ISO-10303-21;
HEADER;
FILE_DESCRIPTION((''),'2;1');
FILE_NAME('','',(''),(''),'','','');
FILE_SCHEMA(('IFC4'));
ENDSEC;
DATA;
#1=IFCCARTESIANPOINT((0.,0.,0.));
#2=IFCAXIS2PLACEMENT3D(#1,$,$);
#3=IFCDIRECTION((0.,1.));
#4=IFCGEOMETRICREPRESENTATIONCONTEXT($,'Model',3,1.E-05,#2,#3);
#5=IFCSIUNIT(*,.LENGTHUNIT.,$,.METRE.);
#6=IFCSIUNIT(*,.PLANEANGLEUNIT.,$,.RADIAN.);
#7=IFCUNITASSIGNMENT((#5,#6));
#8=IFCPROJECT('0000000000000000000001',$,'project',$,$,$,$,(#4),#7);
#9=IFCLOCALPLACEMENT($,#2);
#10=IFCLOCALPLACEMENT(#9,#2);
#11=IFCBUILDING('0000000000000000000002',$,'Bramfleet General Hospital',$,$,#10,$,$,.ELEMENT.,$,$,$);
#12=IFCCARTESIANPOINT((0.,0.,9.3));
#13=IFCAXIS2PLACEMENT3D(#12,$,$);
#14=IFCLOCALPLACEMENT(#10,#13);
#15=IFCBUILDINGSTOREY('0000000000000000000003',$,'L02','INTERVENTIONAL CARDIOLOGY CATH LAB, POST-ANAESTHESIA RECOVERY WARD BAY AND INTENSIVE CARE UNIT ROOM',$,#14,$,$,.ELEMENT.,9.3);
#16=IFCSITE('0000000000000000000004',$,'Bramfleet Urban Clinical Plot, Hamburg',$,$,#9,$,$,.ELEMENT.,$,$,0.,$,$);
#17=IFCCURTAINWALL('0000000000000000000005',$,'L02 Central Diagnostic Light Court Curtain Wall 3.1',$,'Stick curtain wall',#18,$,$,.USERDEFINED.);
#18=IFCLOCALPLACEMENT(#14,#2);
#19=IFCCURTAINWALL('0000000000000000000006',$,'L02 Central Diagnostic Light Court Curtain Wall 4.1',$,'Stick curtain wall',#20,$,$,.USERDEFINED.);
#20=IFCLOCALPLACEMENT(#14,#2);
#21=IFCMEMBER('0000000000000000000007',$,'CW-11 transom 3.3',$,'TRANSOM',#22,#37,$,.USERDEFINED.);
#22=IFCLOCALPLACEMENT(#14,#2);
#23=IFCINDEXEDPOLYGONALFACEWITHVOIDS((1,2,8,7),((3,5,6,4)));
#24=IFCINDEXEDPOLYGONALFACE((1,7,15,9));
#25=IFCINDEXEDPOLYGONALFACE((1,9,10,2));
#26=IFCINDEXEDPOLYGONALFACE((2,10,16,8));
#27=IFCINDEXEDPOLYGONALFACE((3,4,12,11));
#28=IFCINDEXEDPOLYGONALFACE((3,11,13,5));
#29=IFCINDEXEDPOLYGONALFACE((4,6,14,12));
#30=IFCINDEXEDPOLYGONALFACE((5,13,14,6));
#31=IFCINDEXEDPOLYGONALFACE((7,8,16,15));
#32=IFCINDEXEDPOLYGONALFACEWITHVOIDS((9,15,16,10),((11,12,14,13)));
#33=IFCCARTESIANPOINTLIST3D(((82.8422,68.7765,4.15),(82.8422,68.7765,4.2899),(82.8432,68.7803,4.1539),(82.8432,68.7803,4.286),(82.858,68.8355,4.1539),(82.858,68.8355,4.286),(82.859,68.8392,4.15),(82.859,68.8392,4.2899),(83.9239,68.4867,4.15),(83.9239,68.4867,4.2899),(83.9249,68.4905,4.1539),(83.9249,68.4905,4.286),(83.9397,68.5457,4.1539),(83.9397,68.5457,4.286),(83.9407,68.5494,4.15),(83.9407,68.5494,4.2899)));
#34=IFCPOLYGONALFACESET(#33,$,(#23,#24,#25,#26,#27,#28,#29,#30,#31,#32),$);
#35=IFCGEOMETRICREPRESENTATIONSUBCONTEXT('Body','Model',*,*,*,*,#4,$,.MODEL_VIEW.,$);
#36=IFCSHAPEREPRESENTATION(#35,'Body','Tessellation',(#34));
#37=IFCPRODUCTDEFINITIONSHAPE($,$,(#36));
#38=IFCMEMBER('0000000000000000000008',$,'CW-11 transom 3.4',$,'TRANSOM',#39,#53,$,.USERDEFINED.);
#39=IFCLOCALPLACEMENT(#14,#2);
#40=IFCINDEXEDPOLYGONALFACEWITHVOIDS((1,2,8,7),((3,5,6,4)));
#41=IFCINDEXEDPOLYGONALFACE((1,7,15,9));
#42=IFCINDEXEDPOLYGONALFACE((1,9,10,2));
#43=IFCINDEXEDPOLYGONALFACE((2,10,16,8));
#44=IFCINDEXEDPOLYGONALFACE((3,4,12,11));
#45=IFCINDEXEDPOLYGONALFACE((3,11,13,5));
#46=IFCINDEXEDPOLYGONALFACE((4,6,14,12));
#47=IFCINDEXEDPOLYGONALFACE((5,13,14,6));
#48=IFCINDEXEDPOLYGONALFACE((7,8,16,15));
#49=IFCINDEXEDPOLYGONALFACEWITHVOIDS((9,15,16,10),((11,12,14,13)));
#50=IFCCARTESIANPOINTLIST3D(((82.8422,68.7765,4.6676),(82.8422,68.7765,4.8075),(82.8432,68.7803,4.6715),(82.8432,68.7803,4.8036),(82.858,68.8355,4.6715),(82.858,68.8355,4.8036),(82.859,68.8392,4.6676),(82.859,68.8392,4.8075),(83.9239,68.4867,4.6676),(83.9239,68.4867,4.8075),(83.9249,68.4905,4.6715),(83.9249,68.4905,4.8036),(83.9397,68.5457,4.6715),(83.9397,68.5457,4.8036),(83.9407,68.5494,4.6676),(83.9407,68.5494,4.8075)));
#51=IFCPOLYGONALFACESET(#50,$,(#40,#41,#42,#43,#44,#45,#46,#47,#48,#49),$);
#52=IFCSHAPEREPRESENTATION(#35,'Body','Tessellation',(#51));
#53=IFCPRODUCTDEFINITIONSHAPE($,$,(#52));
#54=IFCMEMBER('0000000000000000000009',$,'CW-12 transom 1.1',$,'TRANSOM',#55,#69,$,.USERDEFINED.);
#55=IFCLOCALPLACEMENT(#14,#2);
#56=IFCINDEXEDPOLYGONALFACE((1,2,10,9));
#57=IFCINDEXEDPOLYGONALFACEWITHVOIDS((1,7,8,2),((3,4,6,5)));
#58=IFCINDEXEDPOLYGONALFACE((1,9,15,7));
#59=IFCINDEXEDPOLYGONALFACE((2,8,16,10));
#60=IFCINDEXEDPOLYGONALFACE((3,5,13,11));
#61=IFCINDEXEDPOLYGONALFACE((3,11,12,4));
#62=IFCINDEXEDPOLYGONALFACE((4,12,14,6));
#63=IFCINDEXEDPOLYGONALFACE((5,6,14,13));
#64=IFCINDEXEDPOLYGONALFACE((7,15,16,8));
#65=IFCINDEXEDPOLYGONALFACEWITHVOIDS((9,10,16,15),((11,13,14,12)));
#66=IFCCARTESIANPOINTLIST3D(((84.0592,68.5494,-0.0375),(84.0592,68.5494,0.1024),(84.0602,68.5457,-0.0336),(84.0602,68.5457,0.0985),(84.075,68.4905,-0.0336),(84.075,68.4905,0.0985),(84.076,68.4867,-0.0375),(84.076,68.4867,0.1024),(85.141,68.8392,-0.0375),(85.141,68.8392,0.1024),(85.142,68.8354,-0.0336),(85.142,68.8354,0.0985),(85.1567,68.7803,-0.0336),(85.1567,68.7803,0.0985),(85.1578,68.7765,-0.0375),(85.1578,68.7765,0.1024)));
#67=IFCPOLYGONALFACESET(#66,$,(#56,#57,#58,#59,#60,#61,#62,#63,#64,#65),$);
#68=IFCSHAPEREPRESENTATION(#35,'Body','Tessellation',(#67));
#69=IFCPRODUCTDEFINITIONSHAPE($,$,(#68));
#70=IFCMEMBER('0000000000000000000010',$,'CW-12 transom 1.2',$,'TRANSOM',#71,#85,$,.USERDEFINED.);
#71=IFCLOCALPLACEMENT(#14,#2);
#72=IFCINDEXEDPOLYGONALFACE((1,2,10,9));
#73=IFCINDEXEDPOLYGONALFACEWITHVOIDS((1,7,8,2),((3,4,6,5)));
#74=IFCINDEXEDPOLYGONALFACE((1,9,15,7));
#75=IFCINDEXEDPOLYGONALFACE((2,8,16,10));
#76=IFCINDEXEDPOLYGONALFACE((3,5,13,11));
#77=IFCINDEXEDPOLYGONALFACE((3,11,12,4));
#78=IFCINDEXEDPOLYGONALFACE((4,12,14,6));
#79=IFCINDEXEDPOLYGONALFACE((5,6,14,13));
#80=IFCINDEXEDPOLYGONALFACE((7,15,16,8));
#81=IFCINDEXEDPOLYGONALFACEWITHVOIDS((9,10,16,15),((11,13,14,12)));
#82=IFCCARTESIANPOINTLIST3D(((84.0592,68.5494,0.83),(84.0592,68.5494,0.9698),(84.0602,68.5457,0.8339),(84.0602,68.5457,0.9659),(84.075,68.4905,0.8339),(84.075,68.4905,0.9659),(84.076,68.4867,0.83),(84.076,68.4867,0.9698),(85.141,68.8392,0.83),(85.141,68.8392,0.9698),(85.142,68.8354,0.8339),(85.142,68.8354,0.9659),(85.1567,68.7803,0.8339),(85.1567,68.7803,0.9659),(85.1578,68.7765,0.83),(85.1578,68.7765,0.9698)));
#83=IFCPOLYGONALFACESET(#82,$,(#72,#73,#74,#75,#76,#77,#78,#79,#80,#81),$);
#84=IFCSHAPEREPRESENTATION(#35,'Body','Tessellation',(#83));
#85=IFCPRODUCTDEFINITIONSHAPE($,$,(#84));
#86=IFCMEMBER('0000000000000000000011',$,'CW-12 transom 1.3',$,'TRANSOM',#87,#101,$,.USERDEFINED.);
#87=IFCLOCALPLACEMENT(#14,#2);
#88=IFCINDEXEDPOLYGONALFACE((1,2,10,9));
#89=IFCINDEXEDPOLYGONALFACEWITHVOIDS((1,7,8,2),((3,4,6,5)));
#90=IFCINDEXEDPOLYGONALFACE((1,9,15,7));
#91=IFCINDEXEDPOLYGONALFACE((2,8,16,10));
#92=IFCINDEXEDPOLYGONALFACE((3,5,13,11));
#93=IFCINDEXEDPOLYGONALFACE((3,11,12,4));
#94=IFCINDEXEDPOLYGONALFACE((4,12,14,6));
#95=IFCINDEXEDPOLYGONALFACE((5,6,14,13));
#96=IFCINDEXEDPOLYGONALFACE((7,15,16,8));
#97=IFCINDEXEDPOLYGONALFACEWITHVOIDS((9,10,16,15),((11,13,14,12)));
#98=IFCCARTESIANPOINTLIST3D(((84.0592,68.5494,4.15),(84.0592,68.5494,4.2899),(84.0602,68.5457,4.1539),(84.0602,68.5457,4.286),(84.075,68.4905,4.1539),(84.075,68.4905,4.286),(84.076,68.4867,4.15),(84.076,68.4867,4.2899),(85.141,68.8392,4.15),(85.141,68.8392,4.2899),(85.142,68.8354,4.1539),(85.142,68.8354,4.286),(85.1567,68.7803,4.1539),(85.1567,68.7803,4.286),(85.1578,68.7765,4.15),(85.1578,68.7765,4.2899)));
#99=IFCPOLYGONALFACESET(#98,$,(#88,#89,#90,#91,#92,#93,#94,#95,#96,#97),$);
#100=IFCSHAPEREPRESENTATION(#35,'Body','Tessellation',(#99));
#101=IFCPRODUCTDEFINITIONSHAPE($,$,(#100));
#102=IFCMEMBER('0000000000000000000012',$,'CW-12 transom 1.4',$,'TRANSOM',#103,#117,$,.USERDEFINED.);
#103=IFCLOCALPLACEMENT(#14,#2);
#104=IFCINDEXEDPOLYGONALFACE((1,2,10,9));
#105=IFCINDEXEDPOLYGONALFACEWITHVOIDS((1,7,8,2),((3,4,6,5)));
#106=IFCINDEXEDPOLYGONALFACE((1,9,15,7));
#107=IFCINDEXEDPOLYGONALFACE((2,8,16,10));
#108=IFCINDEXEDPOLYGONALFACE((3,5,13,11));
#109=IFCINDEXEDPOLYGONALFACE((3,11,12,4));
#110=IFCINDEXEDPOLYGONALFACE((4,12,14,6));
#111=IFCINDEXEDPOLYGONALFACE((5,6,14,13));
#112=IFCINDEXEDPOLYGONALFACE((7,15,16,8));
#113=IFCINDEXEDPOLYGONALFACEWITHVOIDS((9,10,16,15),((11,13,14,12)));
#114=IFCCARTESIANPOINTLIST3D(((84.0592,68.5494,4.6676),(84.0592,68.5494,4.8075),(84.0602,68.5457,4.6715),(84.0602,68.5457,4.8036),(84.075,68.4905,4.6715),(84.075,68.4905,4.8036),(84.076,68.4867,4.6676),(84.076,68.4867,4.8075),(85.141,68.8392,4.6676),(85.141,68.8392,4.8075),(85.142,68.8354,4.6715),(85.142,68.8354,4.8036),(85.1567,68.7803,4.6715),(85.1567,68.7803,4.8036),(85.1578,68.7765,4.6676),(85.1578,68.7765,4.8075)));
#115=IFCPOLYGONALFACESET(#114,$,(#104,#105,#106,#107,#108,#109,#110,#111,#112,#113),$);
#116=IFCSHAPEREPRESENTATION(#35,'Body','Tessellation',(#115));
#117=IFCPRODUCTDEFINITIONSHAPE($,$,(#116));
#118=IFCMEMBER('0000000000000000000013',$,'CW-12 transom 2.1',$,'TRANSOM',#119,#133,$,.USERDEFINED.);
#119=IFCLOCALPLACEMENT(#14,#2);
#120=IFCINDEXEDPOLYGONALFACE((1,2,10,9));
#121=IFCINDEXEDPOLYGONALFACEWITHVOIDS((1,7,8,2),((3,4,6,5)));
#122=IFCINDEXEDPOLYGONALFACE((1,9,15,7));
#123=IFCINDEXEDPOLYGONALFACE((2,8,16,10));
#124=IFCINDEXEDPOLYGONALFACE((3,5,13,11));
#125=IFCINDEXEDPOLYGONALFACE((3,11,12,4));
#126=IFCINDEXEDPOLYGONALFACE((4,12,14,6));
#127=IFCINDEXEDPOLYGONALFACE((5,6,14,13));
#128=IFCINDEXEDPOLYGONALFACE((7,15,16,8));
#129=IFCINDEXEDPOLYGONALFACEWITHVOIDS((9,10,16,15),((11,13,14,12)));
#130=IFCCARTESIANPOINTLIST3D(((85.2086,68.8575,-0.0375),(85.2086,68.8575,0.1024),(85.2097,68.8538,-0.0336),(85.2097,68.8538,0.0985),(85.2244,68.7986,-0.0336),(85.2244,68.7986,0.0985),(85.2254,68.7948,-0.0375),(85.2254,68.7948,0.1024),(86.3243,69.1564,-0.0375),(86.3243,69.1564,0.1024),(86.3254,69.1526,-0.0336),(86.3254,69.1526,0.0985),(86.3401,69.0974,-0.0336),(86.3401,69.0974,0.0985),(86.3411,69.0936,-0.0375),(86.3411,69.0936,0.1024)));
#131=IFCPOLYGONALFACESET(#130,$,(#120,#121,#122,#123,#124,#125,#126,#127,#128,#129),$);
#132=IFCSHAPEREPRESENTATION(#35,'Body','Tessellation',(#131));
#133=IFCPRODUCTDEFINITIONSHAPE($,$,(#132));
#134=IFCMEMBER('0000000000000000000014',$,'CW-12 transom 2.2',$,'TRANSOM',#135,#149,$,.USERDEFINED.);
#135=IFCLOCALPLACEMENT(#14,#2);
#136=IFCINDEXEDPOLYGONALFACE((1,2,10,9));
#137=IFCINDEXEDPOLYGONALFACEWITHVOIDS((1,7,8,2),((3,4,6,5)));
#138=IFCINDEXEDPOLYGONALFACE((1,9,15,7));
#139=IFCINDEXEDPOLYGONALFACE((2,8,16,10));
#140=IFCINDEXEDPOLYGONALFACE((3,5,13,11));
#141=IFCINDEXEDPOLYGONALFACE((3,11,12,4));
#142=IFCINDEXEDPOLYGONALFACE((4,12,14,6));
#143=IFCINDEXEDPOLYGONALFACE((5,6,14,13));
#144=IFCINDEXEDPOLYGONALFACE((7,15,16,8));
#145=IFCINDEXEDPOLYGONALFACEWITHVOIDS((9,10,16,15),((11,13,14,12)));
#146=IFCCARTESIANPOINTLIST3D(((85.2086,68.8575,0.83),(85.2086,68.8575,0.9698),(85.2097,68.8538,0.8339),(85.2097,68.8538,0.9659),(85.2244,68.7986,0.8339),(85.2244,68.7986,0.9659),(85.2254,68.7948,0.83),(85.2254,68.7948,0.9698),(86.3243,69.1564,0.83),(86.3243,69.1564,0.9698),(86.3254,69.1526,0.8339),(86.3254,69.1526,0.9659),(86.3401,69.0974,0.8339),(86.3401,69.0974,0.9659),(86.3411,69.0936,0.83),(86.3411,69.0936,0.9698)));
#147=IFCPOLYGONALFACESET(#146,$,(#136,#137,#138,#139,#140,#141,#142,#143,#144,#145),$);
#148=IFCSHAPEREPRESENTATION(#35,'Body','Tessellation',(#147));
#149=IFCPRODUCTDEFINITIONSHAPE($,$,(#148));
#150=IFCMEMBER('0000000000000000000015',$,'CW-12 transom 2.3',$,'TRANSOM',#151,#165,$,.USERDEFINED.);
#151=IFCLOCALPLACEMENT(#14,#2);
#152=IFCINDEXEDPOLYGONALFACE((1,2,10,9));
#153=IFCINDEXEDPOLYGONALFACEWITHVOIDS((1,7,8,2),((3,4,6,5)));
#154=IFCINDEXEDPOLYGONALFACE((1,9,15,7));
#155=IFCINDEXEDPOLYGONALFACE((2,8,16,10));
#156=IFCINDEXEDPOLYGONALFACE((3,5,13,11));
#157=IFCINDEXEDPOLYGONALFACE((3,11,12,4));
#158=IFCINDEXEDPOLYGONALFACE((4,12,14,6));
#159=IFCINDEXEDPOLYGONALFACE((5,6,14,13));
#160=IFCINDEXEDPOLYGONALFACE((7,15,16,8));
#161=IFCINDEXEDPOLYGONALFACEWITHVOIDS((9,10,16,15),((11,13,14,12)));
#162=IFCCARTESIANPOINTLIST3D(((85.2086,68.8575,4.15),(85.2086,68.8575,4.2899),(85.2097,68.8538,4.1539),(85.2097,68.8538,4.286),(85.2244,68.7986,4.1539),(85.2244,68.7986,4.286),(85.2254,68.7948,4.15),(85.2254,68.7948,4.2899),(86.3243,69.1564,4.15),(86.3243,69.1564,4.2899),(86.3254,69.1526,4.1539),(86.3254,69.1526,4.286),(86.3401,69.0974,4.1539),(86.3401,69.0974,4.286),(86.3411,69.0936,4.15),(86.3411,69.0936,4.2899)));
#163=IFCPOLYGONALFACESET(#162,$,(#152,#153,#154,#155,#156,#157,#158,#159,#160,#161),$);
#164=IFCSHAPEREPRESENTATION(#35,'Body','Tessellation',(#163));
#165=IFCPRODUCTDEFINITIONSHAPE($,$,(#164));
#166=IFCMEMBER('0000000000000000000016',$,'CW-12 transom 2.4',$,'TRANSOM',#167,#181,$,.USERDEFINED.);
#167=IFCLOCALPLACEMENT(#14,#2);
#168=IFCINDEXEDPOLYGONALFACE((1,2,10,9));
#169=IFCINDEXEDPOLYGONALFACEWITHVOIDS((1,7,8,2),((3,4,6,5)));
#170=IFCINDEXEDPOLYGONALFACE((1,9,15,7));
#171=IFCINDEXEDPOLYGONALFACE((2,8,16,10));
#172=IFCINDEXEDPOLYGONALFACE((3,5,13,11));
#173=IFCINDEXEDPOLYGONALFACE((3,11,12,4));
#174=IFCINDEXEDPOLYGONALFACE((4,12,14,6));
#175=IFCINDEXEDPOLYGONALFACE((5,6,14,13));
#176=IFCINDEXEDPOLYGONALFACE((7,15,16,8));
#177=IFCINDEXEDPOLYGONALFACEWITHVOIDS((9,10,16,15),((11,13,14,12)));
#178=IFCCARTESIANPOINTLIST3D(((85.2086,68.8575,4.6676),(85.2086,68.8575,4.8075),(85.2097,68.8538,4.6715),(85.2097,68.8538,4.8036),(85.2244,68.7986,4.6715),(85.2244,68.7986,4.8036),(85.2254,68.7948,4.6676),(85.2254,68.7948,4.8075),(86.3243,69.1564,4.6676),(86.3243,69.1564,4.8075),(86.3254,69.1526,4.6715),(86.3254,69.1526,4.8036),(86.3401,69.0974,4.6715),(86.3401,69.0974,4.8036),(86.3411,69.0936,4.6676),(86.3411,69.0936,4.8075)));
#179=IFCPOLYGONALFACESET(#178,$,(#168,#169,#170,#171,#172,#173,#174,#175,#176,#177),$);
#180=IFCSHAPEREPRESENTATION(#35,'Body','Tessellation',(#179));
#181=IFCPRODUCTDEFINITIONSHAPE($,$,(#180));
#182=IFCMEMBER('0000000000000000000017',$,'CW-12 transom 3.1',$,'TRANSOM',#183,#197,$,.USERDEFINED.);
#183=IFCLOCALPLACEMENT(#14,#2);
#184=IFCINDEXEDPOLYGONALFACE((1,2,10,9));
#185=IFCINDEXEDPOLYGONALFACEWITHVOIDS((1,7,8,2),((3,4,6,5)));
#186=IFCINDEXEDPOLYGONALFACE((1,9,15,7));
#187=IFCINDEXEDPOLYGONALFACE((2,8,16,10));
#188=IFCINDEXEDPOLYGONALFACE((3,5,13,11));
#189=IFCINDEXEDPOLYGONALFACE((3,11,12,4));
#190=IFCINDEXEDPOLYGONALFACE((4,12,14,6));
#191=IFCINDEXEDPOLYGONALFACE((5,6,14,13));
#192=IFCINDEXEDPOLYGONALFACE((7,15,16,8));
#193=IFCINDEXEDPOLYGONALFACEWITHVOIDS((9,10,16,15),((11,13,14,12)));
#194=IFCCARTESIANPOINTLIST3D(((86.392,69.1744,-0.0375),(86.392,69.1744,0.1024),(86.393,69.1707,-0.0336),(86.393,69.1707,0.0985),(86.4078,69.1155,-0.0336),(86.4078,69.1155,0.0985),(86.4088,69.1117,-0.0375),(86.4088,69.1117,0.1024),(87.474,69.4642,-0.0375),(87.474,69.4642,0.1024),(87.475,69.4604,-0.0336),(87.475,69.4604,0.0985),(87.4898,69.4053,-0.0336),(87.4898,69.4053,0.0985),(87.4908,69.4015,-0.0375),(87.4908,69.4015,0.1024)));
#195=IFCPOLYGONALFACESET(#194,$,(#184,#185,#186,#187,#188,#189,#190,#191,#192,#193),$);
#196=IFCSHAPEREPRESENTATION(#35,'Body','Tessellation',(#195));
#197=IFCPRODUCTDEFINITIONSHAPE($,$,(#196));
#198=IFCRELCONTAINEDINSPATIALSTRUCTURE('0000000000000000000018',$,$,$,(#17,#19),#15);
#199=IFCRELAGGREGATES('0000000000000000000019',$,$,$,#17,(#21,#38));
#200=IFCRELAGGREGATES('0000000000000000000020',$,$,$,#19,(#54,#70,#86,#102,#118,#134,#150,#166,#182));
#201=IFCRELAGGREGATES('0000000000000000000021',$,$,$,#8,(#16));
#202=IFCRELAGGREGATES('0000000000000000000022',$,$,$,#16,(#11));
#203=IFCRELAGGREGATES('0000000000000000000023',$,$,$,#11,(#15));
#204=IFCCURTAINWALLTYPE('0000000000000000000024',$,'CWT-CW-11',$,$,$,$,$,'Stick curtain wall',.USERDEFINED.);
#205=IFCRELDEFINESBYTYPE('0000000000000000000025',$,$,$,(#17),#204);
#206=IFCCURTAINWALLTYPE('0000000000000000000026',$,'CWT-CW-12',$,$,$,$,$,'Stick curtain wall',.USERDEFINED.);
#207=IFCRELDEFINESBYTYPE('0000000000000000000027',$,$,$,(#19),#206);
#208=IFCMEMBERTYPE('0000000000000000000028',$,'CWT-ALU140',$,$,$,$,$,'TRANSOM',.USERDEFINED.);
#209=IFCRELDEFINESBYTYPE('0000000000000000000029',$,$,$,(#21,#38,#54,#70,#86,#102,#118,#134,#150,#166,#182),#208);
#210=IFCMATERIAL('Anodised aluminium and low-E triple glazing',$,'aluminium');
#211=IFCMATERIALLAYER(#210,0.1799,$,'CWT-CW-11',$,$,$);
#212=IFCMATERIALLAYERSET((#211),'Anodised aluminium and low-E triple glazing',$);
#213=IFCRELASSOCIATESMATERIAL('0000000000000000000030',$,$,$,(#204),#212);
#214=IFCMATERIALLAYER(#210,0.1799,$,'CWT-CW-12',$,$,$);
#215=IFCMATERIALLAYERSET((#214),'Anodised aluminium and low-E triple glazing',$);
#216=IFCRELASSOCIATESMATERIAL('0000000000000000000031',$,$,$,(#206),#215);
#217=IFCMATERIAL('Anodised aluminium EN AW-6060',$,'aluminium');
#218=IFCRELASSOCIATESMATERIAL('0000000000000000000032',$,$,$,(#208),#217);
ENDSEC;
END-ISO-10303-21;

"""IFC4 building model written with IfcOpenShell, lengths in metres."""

from ifc_helpers import new_model, si_unit, direction, frame, origin, origin_2d, place, context, subcontext, project, spatial, hollow_rectangle, extrude, material, layer, layer_set, material_profile, profile_set, type_object, element, aggregate, save


model = new_model("IFC4")

# Units and contexts
model_context = context("Model", 3, precision=1e-05, world=origin(), true_north=direction((0.0, 1.0)))
body_context = subcontext(model_context, "Body", "Model", "MODEL_VIEW")
ifc_project = project(units=[si_unit("LENGTHUNIT", "METRE"), si_unit("PLANEANGLEUNIT", "RADIAN")], contexts=[model_context])

# Site, building, storey
site_placement = place(None, origin())
site = spatial("IfcSite", under=ifc_project, at=site_placement, Name="Bramfleet Urban Clinical Plot, Hamburg", CompositionType="ELEMENT", RefElevation=0.0)
building_placement = place(site_placement, origin())
building = spatial("IfcBuilding", under=site, at=building_placement, Name="Bramfleet General Hospital", CompositionType="ELEMENT")
storey_placement = place(building_placement, frame((0.0, 0.0, 9.3)))
storey = spatial("IfcBuildingStorey", under=building, at=storey_placement, Name="L02", Description="INTERVENTIONAL CARDIOLOGY CATH LAB, POST-ANAESTHESIA RECOVERY WARD BAY AND INTENSIVE CARE UNIT ROOM", CompositionType="ELEMENT", Elevation=9.3)

# Curtain walls
ifc_material_1 = material(Name="Anodised aluminium and low-E triple glazing", Category="aluminium")
ifc_layer_1 = layer(ifc_material_1, 0.1799, Name="CWT-CW-11")
ifc_layer_set_1 = layer_set([ifc_layer_1], Name="Anodised aluminium and low-E triple glazing")
curtain_wall_type_1 = type_object("IfcCurtainWallType", Name="CWT-CW-11", ElementType="Stick curtain wall", PredefinedType="USERDEFINED", material=ifc_layer_set_1)
curtain_wall_1_placement = place(storey_placement, origin())
curtain_wall_1 = element("IfcCurtainWall", 1, at=curtain_wall_1_placement, inside=storey, type_object=curtain_wall_type_1, Name="L02 Central Diagnostic Light Court Curtain Wall 3.1", ObjectType="Stick curtain wall", PredefinedType="USERDEFINED")
ifc_material_2 = material(Name="Anodised aluminium EN AW-6060", Category="aluminium")
ifc_layer_2 = layer(ifc_material_1, 0.1799, Name="CWT-CW-12")
ifc_layer_set_2 = layer_set([ifc_layer_2], Name="Anodised aluminium and low-E triple glazing")
curtain_wall_type_2 = type_object("IfcCurtainWallType", Name="CWT-CW-12", ElementType="Stick curtain wall", PredefinedType="USERDEFINED", material=ifc_layer_set_2)
curtain_wall_2_placement = place(storey_placement, origin())
curtain_wall_2 = element("IfcCurtainWall", 2, at=curtain_wall_2_placement, inside=storey, type_object=curtain_wall_type_2, Name="L02 Central Diagnostic Light Court Curtain Wall 4.1", ObjectType="Stick curtain wall", PredefinedType="USERDEFINED")

# Members
ifc_material_profile_1 = material_profile(ifc_material_2, hollow_rectangle(XDim=0.0649, YDim=0.1399, WallThickness=0.0039, at=origin_2d()), Name="ALU 140x65x4.0")
ifc_profile_set_1 = profile_set([ifc_material_profile_1], Name="Anodised aluminium EN AW-6060")
member_type_1 = type_object("IfcMemberType", Name="CWT-ALU140", ElementType="TRANSOM", PredefinedType="USERDEFINED", material=ifc_profile_set_1)
member_1_placement = place(storey_placement, frame((82.8506, 68.8079, 4.22), z_axis=(0.965941, -0.258762, 0.0), x_axis=(0.258762, 0.965941, 0.0)))
member_1 = element("IfcMember", 3, at=member_1_placement, type_object=member_type_1, Name="CW-11 transom 3.3", ObjectType="TRANSOM", PredefinedType="USERDEFINED", context=body_context, shape_type="SweptSolid", body=[
    extrude(hollow_rectangle(XDim=0.0649, YDim=0.1399, WallThickness=0.0039, at=origin_2d()), origin(), (0.0, 0.0, 1.0), 1.1199),
])
member_2_placement = place(storey_placement, frame((82.8506, 68.8079, 4.7375), z_axis=(0.965941, -0.258762, 0.0), x_axis=(0.258762, 0.965941, 0.0)))
member_2 = element("IfcMember", 4, at=member_2_placement, type_object=member_type_1, Name="CW-11 transom 3.4", ObjectType="TRANSOM", PredefinedType="USERDEFINED", context=body_context, shape_type="SweptSolid", body=[
    extrude(hollow_rectangle(XDim=0.0649, YDim=0.1399, WallThickness=0.0039, at=origin_2d()), origin(), (0.0, 0.0, 1.0), 1.1199),
])
member_3_placement = place(storey_placement, frame((84.0676, 68.5181, 0.0325), z_axis=(0.965941, 0.258762, 0.0), x_axis=(-0.258762, 0.965941, 0.0)))
member_3 = element("IfcMember", 5, at=member_3_placement, type_object=member_type_1, Name="CW-12 transom 1.1", ObjectType="TRANSOM", PredefinedType="USERDEFINED", context=body_context, shape_type="SweptSolid", body=[
    extrude(hollow_rectangle(XDim=0.0649, YDim=0.1399, WallThickness=0.0039, at=origin_2d()), origin(), (0.0, 0.0, 1.0), 1.1199),
])
member_4_placement = place(storey_placement, frame((84.0676, 68.5181, 0.8999), z_axis=(0.965941, 0.258762, 0.0), x_axis=(-0.258762, 0.965941, 0.0)))
member_4 = element("IfcMember", 6, at=member_4_placement, type_object=member_type_1, Name="CW-12 transom 1.2", ObjectType="TRANSOM", PredefinedType="USERDEFINED", context=body_context, shape_type="SweptSolid", body=[
    extrude(hollow_rectangle(XDim=0.0649, YDim=0.1399, WallThickness=0.0039, at=origin_2d()), origin(), (0.0, 0.0, 1.0), 1.1199),
])
member_5_placement = place(storey_placement, frame((84.0676, 68.5181, 4.22), z_axis=(0.965941, 0.258762, 0.0), x_axis=(-0.258762, 0.965941, 0.0)))
member_5 = element("IfcMember", 7, at=member_5_placement, type_object=member_type_1, Name="CW-12 transom 1.3", ObjectType="TRANSOM", PredefinedType="USERDEFINED", context=body_context, shape_type="SweptSolid", body=[
    extrude(hollow_rectangle(XDim=0.0649, YDim=0.1399, WallThickness=0.0039, at=origin_2d()), origin(), (0.0, 0.0, 1.0), 1.1199),
])
member_6_placement = place(storey_placement, frame((84.0676, 68.5181, 4.7375), z_axis=(0.965941, 0.258762, 0.0), x_axis=(-0.258762, 0.965941, 0.0)))
member_6 = element("IfcMember", 8, at=member_6_placement, type_object=member_type_1, Name="CW-12 transom 1.4", ObjectType="TRANSOM", PredefinedType="USERDEFINED", context=body_context, shape_type="SweptSolid", body=[
    extrude(hollow_rectangle(XDim=0.0649, YDim=0.1399, WallThickness=0.0039, at=origin_2d()), origin(), (0.0, 0.0, 1.0), 1.1199),
])
member_7_placement = place(storey_placement, frame((85.217, 68.8262, 0.0325), z_axis=(0.965954, 0.258715, 0.0), x_axis=(-0.258715, 0.965954, 0.0)))
member_7 = element("IfcMember", 9, at=member_7_placement, type_object=member_type_1, Name="CW-12 transom 2.1", ObjectType="TRANSOM", PredefinedType="USERDEFINED", context=body_context, shape_type="SweptSolid", body=[
    extrude(hollow_rectangle(XDim=0.0649, YDim=0.1399, WallThickness=0.0039, at=origin_2d()), origin(), (0.0, 0.0, 1.0), 1.155),
])
member_8_placement = place(storey_placement, frame((85.217, 68.8262, 0.8999), z_axis=(0.965954, 0.258715, 0.0), x_axis=(-0.258715, 0.965954, 0.0)))
member_8 = element("IfcMember", 10, at=member_8_placement, type_object=member_type_1, Name="CW-12 transom 2.2", ObjectType="TRANSOM", PredefinedType="USERDEFINED", context=body_context, shape_type="SweptSolid", body=[
    extrude(hollow_rectangle(XDim=0.0649, YDim=0.1399, WallThickness=0.0039, at=origin_2d()), origin(), (0.0, 0.0, 1.0), 1.155),
])
member_9_placement = place(storey_placement, frame((85.217, 68.8262, 4.22), z_axis=(0.965954, 0.258715, 0.0), x_axis=(-0.258715, 0.965954, 0.0)))
member_9 = element("IfcMember", 11, at=member_9_placement, type_object=member_type_1, Name="CW-12 transom 2.3", ObjectType="TRANSOM", PredefinedType="USERDEFINED", context=body_context, shape_type="SweptSolid", body=[
    extrude(hollow_rectangle(XDim=0.0649, YDim=0.1399, WallThickness=0.0039, at=origin_2d()), origin(), (0.0, 0.0, 1.0), 1.155),
])
member_10_placement = place(storey_placement, frame((85.217, 68.8262, 4.7375), z_axis=(0.965954, 0.258715, 0.0), x_axis=(-0.258715, 0.965954, 0.0)))
member_10 = element("IfcMember", 12, at=member_10_placement, type_object=member_type_1, Name="CW-12 transom 2.4", ObjectType="TRANSOM", PredefinedType="USERDEFINED", context=body_context, shape_type="SweptSolid", body=[
    extrude(hollow_rectangle(XDim=0.0649, YDim=0.1399, WallThickness=0.0039, at=origin_2d()), origin(), (0.0, 0.0, 1.0), 1.155),
])
member_11_placement = place(storey_placement, frame((86.4004, 69.1431, 0.0325), z_axis=(0.965956, 0.258707, 0.0), x_axis=(-0.258707, 0.965956, 0.0)))
member_11 = element("IfcMember", 13, at=member_11_placement, type_object=member_type_1, Name="CW-12 transom 3.1", ObjectType="TRANSOM", PredefinedType="USERDEFINED", context=body_context, shape_type="SweptSolid", body=[
    extrude(hollow_rectangle(XDim=0.0649, YDim=0.1399, WallThickness=0.0039, at=origin_2d()), origin(), (0.0, 0.0, 1.0), 1.1201),
])

aggregate(curtain_wall_1, [member_1, member_2])
aggregate(curtain_wall_2, [member_3, member_4, member_5, member_6, member_7, member_8, member_9, member_10, member_11])

save(model, "model.ifc")
